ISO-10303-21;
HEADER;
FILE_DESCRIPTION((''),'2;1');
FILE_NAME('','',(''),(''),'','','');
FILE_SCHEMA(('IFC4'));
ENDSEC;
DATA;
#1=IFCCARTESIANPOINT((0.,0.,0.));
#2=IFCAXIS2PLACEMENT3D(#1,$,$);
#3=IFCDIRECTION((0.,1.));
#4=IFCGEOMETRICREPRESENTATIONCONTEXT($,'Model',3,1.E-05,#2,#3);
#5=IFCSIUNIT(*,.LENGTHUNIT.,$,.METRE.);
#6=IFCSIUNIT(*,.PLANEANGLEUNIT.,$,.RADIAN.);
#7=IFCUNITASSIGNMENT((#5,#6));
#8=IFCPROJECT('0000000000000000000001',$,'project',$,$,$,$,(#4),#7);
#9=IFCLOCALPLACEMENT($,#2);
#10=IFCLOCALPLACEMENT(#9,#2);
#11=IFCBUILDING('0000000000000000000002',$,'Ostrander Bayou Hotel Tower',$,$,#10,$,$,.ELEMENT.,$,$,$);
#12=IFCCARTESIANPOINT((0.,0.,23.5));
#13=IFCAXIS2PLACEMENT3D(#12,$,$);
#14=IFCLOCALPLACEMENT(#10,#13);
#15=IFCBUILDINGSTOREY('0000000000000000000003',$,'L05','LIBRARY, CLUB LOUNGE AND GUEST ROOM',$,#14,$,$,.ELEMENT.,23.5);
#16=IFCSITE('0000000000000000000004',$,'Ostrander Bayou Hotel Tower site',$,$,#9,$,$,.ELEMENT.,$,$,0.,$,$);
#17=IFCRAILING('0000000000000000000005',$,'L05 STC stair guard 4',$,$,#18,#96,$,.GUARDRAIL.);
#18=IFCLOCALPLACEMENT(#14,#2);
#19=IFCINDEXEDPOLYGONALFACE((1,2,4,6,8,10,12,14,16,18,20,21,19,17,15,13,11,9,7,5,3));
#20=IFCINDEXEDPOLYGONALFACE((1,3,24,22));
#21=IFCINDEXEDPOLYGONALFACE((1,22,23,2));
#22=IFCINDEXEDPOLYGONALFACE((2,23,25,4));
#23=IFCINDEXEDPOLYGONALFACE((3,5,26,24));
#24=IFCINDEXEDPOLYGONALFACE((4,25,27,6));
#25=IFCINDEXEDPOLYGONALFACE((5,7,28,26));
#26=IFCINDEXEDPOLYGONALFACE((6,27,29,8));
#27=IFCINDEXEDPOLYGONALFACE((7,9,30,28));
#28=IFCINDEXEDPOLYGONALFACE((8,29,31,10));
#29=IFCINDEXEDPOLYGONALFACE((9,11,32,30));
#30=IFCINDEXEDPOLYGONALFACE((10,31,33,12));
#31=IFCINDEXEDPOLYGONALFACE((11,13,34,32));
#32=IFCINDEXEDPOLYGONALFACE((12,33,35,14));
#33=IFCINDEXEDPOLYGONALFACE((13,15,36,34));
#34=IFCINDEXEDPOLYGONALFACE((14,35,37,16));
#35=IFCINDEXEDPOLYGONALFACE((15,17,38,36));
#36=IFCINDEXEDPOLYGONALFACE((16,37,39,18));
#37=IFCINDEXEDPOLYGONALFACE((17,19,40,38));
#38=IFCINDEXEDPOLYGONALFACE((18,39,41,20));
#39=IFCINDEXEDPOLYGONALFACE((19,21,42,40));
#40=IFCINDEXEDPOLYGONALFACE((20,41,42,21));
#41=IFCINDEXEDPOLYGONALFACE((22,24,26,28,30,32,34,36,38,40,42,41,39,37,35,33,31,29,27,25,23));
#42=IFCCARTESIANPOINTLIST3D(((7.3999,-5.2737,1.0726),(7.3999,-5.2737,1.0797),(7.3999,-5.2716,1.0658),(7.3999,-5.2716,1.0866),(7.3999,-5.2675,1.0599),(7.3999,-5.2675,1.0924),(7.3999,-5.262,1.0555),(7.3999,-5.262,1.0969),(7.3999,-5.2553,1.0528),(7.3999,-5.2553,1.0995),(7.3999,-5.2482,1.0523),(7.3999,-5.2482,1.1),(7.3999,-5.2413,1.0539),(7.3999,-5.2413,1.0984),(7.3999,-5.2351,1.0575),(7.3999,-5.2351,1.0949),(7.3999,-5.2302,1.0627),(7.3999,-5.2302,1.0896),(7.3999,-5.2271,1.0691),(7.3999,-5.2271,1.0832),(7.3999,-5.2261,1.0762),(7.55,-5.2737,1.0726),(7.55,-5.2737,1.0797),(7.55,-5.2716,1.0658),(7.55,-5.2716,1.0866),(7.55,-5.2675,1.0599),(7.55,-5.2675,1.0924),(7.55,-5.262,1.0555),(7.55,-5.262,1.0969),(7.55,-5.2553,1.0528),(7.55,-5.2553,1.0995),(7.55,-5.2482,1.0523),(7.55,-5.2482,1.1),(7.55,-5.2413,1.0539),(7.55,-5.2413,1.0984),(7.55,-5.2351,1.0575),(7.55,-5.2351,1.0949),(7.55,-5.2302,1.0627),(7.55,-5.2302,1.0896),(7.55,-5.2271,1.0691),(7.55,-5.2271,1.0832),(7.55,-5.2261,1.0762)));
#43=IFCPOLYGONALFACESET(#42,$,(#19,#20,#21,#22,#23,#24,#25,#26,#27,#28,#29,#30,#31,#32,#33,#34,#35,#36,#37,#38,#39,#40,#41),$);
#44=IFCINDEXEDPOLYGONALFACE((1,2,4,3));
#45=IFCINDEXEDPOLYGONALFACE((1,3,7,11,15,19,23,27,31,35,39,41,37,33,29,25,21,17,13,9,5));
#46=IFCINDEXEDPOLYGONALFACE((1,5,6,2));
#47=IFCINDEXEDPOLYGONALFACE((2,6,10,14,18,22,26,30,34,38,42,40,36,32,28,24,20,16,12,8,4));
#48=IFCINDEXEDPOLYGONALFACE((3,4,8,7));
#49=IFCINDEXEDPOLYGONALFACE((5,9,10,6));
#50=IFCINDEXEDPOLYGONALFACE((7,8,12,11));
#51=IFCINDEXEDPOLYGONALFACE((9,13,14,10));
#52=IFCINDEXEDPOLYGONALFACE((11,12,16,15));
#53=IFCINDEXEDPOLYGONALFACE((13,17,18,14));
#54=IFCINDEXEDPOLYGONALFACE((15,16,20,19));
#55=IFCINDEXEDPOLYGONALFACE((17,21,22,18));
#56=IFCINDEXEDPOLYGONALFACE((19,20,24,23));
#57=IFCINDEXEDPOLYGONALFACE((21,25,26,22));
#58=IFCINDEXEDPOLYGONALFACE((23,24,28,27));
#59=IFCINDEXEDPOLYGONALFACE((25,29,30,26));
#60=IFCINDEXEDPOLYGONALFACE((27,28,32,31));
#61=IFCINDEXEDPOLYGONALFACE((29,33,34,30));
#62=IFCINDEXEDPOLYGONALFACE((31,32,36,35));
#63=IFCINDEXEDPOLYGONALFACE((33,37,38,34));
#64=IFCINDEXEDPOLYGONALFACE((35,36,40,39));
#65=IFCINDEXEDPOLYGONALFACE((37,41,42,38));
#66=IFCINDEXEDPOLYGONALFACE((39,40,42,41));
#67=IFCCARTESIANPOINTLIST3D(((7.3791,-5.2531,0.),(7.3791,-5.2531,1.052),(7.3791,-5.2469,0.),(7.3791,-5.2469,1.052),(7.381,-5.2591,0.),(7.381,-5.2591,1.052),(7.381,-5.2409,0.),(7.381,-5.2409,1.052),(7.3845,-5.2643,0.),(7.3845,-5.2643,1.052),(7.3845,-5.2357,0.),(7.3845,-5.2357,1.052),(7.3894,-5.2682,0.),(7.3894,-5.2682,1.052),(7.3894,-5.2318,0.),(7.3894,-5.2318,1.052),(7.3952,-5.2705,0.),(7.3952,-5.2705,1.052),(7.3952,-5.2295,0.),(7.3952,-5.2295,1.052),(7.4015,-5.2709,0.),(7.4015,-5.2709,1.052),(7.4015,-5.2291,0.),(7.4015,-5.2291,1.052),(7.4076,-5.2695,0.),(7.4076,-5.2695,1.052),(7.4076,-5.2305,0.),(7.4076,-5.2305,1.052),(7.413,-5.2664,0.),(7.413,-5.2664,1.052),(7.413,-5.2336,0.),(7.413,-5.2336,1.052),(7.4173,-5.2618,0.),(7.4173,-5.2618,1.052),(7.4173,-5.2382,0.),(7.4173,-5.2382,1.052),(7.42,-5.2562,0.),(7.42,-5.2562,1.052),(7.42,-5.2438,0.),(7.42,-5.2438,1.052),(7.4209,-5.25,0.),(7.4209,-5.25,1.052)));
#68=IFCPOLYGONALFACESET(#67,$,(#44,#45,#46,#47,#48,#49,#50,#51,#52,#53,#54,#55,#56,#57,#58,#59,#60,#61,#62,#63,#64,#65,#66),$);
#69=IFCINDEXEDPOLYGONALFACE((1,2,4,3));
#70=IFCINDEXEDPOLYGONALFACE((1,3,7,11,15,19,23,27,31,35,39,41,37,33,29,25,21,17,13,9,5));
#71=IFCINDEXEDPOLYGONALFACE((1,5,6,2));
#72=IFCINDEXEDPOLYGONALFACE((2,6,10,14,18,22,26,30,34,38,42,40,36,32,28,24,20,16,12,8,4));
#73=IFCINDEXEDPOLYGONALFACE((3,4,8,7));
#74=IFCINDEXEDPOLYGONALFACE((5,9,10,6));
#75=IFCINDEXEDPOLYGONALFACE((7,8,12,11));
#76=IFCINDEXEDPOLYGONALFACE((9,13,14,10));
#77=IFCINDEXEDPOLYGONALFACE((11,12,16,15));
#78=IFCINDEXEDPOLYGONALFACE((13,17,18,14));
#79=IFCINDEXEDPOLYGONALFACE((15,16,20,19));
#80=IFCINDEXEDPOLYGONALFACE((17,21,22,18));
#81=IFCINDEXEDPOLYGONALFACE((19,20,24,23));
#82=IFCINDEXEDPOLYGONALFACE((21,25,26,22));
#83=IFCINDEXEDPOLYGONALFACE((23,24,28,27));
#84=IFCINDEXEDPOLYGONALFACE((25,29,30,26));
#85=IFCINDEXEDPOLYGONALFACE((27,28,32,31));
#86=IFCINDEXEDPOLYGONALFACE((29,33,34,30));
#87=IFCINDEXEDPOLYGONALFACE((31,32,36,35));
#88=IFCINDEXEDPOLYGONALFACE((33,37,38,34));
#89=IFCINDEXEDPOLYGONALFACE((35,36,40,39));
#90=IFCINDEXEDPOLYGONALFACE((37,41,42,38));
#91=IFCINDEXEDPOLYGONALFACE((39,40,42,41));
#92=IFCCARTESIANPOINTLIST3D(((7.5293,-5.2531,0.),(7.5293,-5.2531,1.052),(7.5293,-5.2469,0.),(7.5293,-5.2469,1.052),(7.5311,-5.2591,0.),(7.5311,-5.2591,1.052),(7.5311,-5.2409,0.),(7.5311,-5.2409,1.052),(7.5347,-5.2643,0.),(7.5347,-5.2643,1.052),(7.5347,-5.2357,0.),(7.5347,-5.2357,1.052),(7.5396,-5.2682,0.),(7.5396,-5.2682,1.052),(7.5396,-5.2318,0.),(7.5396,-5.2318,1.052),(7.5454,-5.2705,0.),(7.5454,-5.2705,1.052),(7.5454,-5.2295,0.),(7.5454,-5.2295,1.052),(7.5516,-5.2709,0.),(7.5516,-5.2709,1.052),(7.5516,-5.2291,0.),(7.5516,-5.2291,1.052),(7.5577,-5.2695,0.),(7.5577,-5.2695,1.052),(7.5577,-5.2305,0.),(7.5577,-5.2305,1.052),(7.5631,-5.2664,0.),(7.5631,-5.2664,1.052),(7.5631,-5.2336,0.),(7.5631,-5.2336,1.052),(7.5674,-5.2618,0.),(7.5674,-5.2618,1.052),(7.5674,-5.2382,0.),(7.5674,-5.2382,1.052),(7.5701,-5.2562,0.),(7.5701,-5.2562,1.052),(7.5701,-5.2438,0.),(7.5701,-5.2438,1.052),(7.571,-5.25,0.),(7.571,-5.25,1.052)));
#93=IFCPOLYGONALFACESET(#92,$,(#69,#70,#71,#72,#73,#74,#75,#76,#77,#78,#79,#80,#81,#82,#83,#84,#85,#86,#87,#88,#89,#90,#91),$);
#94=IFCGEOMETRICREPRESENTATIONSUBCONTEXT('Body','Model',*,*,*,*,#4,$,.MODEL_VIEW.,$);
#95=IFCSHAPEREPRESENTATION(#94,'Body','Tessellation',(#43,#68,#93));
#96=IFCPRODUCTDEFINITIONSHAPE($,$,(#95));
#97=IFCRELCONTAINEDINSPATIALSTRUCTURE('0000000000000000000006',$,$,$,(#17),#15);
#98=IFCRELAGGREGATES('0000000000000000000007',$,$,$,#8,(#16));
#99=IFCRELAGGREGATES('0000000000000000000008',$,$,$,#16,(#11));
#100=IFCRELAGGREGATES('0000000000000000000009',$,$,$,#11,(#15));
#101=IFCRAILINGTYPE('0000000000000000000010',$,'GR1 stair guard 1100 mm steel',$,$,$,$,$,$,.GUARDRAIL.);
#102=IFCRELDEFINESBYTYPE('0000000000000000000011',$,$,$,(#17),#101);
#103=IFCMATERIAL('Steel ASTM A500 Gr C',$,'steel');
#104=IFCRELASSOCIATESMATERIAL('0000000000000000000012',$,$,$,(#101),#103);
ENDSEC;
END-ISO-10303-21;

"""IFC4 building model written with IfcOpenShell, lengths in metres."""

from ifc_helpers import new_model, si_unit, direction, frame, origin, origin_2d, place, context, subcontext, project, spatial, circle, extrude, material, type_object, element, save


model = new_model("IFC4")

# Units and contexts
model_context = context("Model", 3, precision=1e-05, world=origin(), true_north=direction((0.0, 1.0)))
body_context = subcontext(model_context, "Body", "Model", "MODEL_VIEW")
ifc_project = project(units=[si_unit("LENGTHUNIT", "METRE"), si_unit("PLANEANGLEUNIT", "RADIAN")], contexts=[model_context])

# Site, building, storey
site_placement = place(None, origin())
site = spatial("IfcSite", under=ifc_project, at=site_placement, Name="Ostrander Bayou Hotel Tower site", CompositionType="ELEMENT", RefElevation=0.0)
building_placement = place(site_placement, origin())
building = spatial("IfcBuilding", under=site, at=building_placement, Name="Ostrander Bayou Hotel Tower", CompositionType="ELEMENT")
storey_placement = place(building_placement, frame((0.0, 0.0, 23.5)))
storey = spatial("IfcBuildingStorey", under=building, at=storey_placement, Name="L05", Description="LIBRARY, CLUB LOUNGE AND GUEST ROOM", CompositionType="ELEMENT", Elevation=23.5)

# Railing
ifc_material_1 = material(Name="Steel ASTM A500 Gr C", Category="steel")
railing_type_1 = type_object("IfcRailingType", Name="GR1 stair guard 1100 mm steel", PredefinedType="GUARDRAIL", material=ifc_material_1)
railing_1_placement = place(storey_placement, frame((7.3999, -5.25, 0.0)))
element("IfcRailing", 1, at=railing_1_placement, inside=storey, type_object=railing_type_1, Name="L05 STC stair guard 4", PredefinedType="GUARDRAIL", context=body_context, shape_type="SweptSolid", body=[
    extrude(circle(Radius=0.0239, at=origin_2d()), frame((0.0, 0.0, 1.0762), z_axis=(1.0, 0.0, 0.0), x_axis=(0.0, 1.0, 0.0)), (0.0, 0.0, 1.0), 0.1501),
    extrude(circle(Radius=0.021, at=origin_2d()), origin(), (0.0, 0.0, 1.0), 1.052),
    extrude(circle(Radius=0.021, at=origin_2d()), frame((0.1501, 0.0, 0.0)), (0.0, 0.0, 1.0), 1.052),
])

save(model, "model.ifc")
